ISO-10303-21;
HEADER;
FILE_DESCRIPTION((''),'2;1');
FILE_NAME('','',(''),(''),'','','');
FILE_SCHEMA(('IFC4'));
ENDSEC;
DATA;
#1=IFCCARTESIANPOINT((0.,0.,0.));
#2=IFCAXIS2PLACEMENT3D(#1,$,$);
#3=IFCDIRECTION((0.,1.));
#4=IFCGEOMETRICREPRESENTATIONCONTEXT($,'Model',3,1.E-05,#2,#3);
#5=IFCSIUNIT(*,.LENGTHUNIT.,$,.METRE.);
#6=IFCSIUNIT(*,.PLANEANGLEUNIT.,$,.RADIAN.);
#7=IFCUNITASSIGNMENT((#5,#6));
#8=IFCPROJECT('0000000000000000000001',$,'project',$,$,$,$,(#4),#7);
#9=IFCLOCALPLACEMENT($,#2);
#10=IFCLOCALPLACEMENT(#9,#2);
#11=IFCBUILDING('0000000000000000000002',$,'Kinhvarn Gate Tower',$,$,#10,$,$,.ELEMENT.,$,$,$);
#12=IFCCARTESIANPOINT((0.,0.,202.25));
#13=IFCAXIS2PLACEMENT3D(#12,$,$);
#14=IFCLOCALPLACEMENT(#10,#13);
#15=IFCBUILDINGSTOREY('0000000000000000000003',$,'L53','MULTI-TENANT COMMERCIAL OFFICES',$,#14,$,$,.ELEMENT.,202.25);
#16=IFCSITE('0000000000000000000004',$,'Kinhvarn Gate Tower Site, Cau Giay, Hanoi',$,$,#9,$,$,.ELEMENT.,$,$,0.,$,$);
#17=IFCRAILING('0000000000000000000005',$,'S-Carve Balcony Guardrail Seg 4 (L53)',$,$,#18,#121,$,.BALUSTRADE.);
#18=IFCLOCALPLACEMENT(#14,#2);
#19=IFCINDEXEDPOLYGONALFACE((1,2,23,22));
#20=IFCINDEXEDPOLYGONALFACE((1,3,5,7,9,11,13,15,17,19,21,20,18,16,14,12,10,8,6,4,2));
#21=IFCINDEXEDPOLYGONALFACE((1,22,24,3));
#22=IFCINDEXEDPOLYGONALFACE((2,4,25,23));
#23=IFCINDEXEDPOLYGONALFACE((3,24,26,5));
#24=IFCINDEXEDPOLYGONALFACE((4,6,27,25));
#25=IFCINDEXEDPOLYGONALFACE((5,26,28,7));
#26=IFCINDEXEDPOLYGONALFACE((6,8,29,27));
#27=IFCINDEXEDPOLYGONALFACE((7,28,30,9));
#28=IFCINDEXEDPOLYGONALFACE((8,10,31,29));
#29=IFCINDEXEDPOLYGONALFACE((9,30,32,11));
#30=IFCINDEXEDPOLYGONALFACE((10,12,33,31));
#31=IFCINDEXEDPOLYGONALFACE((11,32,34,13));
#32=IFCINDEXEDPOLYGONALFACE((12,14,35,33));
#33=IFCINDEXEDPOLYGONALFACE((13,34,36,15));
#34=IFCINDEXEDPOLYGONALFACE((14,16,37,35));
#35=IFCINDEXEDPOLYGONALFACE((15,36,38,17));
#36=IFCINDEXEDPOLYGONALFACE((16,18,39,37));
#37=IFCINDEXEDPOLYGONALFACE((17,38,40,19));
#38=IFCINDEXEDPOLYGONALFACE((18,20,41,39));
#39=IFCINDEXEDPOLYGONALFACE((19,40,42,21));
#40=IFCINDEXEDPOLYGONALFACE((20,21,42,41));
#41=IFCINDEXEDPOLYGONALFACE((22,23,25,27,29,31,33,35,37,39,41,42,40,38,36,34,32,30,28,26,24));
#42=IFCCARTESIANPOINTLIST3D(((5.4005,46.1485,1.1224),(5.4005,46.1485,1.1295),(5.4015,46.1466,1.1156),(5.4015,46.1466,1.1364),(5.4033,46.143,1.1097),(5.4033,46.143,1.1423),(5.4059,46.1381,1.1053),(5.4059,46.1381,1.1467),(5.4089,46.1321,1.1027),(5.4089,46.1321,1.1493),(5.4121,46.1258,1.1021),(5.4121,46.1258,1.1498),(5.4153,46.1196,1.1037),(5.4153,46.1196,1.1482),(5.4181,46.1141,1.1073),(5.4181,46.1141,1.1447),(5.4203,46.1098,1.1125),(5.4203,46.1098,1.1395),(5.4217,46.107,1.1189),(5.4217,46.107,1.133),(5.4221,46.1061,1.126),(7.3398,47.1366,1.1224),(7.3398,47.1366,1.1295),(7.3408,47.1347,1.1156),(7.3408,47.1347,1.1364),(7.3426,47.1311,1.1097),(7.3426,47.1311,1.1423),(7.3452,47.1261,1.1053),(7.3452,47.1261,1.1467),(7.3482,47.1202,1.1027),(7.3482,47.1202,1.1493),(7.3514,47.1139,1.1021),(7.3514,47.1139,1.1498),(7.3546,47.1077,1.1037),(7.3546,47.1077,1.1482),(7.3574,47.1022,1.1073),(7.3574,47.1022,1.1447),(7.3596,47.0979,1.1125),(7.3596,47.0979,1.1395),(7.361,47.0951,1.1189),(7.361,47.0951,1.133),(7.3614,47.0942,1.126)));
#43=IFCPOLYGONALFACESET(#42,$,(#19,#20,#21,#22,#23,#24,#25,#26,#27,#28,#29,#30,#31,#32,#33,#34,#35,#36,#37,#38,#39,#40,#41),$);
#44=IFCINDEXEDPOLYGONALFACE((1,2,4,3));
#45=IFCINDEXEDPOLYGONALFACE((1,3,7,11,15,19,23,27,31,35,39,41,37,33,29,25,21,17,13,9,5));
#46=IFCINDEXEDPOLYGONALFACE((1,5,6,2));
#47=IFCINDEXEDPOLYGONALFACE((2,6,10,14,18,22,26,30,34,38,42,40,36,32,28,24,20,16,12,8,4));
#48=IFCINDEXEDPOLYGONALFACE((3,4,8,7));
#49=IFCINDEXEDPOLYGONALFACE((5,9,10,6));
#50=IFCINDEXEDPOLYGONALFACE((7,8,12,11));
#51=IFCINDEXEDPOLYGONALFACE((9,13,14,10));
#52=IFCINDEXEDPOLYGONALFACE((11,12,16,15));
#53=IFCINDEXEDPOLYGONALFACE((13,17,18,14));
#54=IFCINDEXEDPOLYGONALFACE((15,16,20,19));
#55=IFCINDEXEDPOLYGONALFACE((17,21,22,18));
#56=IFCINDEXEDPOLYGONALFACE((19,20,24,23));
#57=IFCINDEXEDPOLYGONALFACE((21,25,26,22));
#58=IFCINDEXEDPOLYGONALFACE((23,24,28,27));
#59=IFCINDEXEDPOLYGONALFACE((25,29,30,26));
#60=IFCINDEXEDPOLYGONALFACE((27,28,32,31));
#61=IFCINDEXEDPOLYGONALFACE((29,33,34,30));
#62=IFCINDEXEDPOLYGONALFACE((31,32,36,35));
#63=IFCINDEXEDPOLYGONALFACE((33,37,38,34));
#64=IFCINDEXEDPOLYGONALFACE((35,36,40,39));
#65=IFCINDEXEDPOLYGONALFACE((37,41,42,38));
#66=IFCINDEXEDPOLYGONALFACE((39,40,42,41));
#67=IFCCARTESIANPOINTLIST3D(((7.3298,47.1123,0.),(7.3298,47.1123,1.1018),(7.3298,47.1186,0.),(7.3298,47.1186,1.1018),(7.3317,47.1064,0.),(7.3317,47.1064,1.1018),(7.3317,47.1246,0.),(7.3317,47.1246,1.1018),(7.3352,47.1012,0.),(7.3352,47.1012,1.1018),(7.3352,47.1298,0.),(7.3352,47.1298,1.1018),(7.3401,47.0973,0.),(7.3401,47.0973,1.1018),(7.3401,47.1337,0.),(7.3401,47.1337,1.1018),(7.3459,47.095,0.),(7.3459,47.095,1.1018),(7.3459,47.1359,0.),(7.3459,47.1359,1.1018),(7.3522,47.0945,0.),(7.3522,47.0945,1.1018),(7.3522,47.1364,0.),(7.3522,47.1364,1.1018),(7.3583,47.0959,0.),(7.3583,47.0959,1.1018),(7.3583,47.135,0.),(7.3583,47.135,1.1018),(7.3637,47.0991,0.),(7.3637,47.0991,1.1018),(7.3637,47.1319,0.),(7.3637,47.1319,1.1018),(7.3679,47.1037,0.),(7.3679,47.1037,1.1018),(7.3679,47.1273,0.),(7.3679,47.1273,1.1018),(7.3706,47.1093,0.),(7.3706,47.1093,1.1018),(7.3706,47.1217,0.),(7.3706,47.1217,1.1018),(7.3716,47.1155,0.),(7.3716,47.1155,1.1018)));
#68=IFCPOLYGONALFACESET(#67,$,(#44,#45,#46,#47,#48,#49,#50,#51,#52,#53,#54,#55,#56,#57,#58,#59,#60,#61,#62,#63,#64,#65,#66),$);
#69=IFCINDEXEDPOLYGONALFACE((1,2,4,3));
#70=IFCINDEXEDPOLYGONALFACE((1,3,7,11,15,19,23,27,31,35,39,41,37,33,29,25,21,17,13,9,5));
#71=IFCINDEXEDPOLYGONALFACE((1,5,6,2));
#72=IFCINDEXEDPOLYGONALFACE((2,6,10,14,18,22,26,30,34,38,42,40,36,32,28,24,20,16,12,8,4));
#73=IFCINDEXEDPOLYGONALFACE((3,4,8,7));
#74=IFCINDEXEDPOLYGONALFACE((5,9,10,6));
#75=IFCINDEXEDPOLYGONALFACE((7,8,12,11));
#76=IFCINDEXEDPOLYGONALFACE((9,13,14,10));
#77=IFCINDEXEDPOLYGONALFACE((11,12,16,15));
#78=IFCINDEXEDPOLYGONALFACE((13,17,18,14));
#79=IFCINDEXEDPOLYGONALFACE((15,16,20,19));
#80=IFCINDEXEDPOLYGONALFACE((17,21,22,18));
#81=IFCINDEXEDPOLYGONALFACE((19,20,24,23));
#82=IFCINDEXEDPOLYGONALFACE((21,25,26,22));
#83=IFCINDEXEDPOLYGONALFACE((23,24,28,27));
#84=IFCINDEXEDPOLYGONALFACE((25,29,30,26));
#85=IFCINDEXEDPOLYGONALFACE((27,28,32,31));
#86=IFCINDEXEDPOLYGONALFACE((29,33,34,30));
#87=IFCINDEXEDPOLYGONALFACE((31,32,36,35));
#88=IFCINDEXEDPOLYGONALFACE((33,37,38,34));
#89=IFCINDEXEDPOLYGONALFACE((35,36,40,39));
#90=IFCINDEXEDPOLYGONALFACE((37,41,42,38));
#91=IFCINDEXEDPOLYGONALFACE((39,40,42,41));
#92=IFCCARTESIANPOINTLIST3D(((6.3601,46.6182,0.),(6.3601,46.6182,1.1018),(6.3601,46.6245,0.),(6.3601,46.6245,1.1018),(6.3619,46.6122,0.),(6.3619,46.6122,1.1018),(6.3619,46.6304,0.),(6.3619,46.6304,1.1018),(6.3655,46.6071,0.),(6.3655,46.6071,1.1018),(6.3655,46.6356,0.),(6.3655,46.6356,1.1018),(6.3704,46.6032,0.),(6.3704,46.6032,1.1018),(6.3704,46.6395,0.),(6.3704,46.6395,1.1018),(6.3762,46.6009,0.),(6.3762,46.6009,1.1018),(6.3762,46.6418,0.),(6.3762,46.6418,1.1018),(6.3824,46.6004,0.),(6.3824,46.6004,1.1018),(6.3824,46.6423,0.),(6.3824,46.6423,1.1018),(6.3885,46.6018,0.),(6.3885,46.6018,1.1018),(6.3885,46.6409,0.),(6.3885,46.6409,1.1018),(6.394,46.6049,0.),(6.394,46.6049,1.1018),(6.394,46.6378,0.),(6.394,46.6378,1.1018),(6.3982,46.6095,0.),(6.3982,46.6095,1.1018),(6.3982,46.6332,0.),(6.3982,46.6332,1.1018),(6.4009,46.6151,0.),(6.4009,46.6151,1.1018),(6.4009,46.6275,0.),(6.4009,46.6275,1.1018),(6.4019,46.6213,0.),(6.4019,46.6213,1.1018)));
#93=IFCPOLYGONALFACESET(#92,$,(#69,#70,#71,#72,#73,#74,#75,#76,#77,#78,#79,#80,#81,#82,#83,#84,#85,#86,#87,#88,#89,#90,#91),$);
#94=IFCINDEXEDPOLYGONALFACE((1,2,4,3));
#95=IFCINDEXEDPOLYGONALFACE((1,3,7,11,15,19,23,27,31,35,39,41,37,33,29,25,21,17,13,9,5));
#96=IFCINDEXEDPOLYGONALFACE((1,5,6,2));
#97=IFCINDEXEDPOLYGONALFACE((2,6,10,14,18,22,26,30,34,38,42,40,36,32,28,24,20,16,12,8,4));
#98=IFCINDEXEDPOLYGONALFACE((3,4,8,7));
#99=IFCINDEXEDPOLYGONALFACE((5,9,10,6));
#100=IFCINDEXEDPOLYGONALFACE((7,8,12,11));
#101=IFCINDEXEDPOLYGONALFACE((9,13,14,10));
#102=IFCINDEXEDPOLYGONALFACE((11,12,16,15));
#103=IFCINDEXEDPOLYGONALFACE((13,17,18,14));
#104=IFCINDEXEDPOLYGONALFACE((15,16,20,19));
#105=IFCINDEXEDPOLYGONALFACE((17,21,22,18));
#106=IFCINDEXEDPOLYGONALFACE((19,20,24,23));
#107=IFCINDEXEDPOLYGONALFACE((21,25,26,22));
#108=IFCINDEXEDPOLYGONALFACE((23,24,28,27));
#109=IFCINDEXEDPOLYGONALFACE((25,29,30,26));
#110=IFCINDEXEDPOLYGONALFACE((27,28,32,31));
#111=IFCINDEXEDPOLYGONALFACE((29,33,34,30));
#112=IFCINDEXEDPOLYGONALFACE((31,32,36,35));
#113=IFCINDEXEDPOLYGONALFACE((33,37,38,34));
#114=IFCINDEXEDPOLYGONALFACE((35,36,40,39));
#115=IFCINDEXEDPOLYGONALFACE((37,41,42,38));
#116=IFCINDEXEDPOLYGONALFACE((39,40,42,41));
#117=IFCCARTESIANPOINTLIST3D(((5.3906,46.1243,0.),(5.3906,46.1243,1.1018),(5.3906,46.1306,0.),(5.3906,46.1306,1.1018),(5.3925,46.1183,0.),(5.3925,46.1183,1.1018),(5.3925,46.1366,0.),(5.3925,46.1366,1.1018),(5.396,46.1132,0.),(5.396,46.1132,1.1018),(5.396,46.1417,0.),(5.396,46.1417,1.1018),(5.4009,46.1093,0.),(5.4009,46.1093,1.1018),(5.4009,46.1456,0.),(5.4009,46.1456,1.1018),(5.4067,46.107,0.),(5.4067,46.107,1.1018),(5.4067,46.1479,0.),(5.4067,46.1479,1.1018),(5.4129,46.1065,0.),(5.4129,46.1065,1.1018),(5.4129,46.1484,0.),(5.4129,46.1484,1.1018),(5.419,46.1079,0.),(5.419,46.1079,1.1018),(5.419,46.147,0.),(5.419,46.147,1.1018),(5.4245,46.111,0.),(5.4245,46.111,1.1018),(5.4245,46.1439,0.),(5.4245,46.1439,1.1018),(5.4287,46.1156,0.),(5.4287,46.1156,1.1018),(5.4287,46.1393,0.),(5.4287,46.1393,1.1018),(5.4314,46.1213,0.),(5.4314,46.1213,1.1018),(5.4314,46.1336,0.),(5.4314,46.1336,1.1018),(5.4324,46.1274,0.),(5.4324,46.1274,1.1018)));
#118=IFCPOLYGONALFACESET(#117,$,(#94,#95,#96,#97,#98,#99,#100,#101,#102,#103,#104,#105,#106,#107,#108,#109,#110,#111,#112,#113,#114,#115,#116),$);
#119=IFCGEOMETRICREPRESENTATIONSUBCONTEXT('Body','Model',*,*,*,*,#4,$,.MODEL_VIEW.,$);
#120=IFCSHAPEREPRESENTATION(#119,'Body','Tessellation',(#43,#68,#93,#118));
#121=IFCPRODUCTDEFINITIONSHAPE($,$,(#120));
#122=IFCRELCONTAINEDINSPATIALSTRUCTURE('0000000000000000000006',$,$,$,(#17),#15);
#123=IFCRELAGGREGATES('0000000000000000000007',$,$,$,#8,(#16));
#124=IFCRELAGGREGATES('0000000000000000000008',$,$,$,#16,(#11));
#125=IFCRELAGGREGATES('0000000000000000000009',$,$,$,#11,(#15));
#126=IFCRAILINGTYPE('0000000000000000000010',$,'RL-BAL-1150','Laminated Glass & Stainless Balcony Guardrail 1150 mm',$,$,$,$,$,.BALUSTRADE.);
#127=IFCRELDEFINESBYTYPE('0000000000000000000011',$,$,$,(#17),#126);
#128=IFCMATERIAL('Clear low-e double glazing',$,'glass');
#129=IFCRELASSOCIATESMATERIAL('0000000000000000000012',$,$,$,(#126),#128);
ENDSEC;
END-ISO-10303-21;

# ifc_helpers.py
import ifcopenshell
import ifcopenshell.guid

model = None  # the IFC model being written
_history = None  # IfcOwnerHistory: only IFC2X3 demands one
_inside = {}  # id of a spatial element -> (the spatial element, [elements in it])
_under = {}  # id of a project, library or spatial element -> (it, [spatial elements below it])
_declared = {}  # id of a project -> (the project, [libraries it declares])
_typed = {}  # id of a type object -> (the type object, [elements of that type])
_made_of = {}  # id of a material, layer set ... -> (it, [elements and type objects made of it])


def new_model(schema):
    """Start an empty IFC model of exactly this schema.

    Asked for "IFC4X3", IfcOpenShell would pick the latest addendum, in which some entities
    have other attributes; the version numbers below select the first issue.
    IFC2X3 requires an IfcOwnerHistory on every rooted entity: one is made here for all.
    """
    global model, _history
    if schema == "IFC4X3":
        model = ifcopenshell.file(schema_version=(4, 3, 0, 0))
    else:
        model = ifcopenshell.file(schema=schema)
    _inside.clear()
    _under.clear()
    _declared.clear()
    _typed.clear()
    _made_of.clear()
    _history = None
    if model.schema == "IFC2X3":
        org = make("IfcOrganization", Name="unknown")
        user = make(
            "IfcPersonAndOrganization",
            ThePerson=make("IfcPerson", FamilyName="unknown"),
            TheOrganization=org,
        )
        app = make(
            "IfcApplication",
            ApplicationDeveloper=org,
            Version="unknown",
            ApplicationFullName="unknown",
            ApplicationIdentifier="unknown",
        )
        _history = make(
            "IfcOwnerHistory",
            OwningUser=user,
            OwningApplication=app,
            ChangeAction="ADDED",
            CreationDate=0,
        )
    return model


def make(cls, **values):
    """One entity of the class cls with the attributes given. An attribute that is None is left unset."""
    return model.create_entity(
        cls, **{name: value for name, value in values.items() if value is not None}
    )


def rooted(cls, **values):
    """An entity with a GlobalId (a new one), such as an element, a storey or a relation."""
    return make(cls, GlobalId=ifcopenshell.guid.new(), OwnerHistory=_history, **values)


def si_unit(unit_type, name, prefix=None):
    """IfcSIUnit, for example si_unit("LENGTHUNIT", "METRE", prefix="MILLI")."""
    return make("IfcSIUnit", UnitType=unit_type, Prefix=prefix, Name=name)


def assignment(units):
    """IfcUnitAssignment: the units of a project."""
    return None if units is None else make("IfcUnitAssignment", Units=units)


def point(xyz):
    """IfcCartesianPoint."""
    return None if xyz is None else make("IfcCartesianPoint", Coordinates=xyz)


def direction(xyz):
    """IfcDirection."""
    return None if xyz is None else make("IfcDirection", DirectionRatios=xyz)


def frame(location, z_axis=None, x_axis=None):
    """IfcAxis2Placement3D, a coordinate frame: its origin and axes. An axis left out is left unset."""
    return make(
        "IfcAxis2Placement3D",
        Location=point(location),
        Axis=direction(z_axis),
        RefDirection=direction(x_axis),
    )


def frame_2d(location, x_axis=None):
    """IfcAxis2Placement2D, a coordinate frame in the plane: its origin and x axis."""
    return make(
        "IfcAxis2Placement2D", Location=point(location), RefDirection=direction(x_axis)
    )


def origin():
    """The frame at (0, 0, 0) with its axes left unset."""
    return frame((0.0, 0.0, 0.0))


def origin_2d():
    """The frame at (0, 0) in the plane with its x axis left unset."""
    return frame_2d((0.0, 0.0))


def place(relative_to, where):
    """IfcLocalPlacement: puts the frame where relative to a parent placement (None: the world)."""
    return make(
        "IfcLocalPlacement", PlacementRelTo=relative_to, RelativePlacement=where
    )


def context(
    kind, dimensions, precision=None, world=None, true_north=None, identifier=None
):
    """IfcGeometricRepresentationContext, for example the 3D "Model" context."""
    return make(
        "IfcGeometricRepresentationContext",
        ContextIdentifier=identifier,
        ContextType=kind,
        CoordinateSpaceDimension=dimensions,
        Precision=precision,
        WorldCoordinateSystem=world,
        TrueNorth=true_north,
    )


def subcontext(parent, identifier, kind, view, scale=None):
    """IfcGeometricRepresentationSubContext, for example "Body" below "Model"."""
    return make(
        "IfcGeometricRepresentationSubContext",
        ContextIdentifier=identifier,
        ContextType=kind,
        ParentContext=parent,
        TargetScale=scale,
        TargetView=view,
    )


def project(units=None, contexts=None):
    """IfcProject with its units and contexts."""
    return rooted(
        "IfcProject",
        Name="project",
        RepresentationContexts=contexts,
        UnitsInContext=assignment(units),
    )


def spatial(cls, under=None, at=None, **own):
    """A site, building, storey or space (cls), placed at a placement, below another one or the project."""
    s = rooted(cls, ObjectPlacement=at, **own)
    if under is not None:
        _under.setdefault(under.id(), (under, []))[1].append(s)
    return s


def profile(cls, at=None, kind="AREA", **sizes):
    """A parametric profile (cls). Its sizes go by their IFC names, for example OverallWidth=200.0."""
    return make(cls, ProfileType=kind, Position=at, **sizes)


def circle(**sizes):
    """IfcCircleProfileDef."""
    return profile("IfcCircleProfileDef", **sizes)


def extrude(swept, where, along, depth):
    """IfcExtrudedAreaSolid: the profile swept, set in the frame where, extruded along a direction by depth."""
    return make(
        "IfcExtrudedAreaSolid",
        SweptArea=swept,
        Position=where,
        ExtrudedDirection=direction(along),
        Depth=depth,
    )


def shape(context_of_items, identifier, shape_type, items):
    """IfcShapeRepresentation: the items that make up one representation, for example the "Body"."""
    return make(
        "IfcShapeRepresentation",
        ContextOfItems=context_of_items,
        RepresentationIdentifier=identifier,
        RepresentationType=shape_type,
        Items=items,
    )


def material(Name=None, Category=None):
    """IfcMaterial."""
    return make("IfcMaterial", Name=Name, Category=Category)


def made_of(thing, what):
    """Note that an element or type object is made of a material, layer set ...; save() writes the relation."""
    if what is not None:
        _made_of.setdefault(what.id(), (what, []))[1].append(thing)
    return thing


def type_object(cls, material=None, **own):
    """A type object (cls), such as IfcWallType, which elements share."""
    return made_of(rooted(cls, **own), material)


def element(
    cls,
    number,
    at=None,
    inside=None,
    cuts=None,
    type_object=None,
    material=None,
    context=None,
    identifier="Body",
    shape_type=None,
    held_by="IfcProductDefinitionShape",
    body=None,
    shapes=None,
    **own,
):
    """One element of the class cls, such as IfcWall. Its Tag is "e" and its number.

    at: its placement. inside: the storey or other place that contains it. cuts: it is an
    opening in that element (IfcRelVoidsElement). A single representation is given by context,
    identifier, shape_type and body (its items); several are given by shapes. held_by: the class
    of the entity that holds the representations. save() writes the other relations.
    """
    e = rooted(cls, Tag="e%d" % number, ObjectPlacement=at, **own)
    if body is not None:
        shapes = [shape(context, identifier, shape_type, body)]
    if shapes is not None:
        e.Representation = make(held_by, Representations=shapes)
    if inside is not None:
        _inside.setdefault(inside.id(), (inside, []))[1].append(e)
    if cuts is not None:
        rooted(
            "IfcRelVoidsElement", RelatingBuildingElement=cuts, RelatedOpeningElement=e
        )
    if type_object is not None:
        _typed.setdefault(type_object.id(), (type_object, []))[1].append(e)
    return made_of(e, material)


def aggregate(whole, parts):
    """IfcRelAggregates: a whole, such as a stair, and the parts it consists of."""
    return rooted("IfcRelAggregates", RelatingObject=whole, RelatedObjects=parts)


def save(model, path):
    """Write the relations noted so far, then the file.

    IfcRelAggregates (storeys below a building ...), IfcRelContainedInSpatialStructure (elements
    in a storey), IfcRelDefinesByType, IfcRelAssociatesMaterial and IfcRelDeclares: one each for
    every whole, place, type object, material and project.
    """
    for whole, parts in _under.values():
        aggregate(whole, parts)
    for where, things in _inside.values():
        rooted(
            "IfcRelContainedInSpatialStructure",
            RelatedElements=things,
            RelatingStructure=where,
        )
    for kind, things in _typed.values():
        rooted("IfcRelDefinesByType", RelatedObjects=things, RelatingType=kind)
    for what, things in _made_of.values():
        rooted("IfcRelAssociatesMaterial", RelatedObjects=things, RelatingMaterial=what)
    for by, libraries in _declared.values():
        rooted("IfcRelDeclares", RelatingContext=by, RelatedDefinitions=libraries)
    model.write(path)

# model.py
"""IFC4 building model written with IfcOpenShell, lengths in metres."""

from ifc_helpers import new_model, si_unit, direction, frame, origin, origin_2d, place, context, subcontext, project, spatial, circle, extrude, material, type_object, element, save


model = new_model("IFC4")

# Units and contexts
model_context = context("Model", 3, precision=1e-05, world=origin(), true_north=direction((0.0, 1.0)))
body_context = subcontext(model_context, "Body", "Model", "MODEL_VIEW")
ifc_project = project(units=[si_unit("LENGTHUNIT", "METRE"), si_unit("PLANEANGLEUNIT", "RADIAN")], contexts=[model_context])

# Site, building, storey
site_placement = place(None, origin())
site = spatial("IfcSite", under=ifc_project, at=site_placement, Name="Kinhvarn Gate Tower Site, Cau Giay, Hanoi", CompositionType="ELEMENT", RefElevation=0.0)
building_placement = place(site_placement, origin())
building = spatial("IfcBuilding", under=site, at=building_placement, Name="Kinhvarn Gate Tower", CompositionType="ELEMENT")
storey_placement = place(building_placement, frame((0.0, 0.0, 202.25)))
storey = spatial("IfcBuildingStorey", under=building, at=storey_placement, Name="L53", Description="MULTI-TENANT COMMERCIAL OFFICES", CompositionType="ELEMENT", Elevation=202.25)

# Shared definitions
ifc_material_1 = material(Name="Clear low-e double glazing", Category="glass")

# Railing
railing_type = type_object("IfcRailingType", Name="RL-BAL-1150", Description="Laminated Glass & Stainless Balcony Guardrail 1150 mm", PredefinedType="BALUSTRADE", material=ifc_material_1)
railing_1_placement = place(storey_placement, frame((7.3506, 47.1155, 0.0)))
element("IfcRailing", 1, at=railing_1_placement, inside=storey, type_object=railing_type, Name="S-Carve Balcony Guardrail Seg 4 (L53)", PredefinedType="BALUSTRADE", context=body_context, shape_type="SweptSolid", body=[
    extrude(circle(Radius=0.0239, at=origin_2d()), frame((0.0, 0.0, 1.126), z_axis=(-0.891014, -0.453976, 0.0), x_axis=(0.453976, -0.891014, 0.0)), (0.0, 0.0, 1.0), 2.1765),
    extrude(circle(Radius=0.021, at=origin_2d()), origin(), (0.0, 0.0, 1.0), 1.1018),
    extrude(circle(Radius=0.021, at=origin_2d()), frame((-0.9697, -0.4941, 0.0)), (0.0, 0.0, 1.0), 1.1018),
    extrude(circle(Radius=0.021, at=origin_2d()), frame((-1.9392, -0.988, 0.0)), (0.0, 0.0, 1.0), 1.1018),
])

save(model, "model.ifc")
